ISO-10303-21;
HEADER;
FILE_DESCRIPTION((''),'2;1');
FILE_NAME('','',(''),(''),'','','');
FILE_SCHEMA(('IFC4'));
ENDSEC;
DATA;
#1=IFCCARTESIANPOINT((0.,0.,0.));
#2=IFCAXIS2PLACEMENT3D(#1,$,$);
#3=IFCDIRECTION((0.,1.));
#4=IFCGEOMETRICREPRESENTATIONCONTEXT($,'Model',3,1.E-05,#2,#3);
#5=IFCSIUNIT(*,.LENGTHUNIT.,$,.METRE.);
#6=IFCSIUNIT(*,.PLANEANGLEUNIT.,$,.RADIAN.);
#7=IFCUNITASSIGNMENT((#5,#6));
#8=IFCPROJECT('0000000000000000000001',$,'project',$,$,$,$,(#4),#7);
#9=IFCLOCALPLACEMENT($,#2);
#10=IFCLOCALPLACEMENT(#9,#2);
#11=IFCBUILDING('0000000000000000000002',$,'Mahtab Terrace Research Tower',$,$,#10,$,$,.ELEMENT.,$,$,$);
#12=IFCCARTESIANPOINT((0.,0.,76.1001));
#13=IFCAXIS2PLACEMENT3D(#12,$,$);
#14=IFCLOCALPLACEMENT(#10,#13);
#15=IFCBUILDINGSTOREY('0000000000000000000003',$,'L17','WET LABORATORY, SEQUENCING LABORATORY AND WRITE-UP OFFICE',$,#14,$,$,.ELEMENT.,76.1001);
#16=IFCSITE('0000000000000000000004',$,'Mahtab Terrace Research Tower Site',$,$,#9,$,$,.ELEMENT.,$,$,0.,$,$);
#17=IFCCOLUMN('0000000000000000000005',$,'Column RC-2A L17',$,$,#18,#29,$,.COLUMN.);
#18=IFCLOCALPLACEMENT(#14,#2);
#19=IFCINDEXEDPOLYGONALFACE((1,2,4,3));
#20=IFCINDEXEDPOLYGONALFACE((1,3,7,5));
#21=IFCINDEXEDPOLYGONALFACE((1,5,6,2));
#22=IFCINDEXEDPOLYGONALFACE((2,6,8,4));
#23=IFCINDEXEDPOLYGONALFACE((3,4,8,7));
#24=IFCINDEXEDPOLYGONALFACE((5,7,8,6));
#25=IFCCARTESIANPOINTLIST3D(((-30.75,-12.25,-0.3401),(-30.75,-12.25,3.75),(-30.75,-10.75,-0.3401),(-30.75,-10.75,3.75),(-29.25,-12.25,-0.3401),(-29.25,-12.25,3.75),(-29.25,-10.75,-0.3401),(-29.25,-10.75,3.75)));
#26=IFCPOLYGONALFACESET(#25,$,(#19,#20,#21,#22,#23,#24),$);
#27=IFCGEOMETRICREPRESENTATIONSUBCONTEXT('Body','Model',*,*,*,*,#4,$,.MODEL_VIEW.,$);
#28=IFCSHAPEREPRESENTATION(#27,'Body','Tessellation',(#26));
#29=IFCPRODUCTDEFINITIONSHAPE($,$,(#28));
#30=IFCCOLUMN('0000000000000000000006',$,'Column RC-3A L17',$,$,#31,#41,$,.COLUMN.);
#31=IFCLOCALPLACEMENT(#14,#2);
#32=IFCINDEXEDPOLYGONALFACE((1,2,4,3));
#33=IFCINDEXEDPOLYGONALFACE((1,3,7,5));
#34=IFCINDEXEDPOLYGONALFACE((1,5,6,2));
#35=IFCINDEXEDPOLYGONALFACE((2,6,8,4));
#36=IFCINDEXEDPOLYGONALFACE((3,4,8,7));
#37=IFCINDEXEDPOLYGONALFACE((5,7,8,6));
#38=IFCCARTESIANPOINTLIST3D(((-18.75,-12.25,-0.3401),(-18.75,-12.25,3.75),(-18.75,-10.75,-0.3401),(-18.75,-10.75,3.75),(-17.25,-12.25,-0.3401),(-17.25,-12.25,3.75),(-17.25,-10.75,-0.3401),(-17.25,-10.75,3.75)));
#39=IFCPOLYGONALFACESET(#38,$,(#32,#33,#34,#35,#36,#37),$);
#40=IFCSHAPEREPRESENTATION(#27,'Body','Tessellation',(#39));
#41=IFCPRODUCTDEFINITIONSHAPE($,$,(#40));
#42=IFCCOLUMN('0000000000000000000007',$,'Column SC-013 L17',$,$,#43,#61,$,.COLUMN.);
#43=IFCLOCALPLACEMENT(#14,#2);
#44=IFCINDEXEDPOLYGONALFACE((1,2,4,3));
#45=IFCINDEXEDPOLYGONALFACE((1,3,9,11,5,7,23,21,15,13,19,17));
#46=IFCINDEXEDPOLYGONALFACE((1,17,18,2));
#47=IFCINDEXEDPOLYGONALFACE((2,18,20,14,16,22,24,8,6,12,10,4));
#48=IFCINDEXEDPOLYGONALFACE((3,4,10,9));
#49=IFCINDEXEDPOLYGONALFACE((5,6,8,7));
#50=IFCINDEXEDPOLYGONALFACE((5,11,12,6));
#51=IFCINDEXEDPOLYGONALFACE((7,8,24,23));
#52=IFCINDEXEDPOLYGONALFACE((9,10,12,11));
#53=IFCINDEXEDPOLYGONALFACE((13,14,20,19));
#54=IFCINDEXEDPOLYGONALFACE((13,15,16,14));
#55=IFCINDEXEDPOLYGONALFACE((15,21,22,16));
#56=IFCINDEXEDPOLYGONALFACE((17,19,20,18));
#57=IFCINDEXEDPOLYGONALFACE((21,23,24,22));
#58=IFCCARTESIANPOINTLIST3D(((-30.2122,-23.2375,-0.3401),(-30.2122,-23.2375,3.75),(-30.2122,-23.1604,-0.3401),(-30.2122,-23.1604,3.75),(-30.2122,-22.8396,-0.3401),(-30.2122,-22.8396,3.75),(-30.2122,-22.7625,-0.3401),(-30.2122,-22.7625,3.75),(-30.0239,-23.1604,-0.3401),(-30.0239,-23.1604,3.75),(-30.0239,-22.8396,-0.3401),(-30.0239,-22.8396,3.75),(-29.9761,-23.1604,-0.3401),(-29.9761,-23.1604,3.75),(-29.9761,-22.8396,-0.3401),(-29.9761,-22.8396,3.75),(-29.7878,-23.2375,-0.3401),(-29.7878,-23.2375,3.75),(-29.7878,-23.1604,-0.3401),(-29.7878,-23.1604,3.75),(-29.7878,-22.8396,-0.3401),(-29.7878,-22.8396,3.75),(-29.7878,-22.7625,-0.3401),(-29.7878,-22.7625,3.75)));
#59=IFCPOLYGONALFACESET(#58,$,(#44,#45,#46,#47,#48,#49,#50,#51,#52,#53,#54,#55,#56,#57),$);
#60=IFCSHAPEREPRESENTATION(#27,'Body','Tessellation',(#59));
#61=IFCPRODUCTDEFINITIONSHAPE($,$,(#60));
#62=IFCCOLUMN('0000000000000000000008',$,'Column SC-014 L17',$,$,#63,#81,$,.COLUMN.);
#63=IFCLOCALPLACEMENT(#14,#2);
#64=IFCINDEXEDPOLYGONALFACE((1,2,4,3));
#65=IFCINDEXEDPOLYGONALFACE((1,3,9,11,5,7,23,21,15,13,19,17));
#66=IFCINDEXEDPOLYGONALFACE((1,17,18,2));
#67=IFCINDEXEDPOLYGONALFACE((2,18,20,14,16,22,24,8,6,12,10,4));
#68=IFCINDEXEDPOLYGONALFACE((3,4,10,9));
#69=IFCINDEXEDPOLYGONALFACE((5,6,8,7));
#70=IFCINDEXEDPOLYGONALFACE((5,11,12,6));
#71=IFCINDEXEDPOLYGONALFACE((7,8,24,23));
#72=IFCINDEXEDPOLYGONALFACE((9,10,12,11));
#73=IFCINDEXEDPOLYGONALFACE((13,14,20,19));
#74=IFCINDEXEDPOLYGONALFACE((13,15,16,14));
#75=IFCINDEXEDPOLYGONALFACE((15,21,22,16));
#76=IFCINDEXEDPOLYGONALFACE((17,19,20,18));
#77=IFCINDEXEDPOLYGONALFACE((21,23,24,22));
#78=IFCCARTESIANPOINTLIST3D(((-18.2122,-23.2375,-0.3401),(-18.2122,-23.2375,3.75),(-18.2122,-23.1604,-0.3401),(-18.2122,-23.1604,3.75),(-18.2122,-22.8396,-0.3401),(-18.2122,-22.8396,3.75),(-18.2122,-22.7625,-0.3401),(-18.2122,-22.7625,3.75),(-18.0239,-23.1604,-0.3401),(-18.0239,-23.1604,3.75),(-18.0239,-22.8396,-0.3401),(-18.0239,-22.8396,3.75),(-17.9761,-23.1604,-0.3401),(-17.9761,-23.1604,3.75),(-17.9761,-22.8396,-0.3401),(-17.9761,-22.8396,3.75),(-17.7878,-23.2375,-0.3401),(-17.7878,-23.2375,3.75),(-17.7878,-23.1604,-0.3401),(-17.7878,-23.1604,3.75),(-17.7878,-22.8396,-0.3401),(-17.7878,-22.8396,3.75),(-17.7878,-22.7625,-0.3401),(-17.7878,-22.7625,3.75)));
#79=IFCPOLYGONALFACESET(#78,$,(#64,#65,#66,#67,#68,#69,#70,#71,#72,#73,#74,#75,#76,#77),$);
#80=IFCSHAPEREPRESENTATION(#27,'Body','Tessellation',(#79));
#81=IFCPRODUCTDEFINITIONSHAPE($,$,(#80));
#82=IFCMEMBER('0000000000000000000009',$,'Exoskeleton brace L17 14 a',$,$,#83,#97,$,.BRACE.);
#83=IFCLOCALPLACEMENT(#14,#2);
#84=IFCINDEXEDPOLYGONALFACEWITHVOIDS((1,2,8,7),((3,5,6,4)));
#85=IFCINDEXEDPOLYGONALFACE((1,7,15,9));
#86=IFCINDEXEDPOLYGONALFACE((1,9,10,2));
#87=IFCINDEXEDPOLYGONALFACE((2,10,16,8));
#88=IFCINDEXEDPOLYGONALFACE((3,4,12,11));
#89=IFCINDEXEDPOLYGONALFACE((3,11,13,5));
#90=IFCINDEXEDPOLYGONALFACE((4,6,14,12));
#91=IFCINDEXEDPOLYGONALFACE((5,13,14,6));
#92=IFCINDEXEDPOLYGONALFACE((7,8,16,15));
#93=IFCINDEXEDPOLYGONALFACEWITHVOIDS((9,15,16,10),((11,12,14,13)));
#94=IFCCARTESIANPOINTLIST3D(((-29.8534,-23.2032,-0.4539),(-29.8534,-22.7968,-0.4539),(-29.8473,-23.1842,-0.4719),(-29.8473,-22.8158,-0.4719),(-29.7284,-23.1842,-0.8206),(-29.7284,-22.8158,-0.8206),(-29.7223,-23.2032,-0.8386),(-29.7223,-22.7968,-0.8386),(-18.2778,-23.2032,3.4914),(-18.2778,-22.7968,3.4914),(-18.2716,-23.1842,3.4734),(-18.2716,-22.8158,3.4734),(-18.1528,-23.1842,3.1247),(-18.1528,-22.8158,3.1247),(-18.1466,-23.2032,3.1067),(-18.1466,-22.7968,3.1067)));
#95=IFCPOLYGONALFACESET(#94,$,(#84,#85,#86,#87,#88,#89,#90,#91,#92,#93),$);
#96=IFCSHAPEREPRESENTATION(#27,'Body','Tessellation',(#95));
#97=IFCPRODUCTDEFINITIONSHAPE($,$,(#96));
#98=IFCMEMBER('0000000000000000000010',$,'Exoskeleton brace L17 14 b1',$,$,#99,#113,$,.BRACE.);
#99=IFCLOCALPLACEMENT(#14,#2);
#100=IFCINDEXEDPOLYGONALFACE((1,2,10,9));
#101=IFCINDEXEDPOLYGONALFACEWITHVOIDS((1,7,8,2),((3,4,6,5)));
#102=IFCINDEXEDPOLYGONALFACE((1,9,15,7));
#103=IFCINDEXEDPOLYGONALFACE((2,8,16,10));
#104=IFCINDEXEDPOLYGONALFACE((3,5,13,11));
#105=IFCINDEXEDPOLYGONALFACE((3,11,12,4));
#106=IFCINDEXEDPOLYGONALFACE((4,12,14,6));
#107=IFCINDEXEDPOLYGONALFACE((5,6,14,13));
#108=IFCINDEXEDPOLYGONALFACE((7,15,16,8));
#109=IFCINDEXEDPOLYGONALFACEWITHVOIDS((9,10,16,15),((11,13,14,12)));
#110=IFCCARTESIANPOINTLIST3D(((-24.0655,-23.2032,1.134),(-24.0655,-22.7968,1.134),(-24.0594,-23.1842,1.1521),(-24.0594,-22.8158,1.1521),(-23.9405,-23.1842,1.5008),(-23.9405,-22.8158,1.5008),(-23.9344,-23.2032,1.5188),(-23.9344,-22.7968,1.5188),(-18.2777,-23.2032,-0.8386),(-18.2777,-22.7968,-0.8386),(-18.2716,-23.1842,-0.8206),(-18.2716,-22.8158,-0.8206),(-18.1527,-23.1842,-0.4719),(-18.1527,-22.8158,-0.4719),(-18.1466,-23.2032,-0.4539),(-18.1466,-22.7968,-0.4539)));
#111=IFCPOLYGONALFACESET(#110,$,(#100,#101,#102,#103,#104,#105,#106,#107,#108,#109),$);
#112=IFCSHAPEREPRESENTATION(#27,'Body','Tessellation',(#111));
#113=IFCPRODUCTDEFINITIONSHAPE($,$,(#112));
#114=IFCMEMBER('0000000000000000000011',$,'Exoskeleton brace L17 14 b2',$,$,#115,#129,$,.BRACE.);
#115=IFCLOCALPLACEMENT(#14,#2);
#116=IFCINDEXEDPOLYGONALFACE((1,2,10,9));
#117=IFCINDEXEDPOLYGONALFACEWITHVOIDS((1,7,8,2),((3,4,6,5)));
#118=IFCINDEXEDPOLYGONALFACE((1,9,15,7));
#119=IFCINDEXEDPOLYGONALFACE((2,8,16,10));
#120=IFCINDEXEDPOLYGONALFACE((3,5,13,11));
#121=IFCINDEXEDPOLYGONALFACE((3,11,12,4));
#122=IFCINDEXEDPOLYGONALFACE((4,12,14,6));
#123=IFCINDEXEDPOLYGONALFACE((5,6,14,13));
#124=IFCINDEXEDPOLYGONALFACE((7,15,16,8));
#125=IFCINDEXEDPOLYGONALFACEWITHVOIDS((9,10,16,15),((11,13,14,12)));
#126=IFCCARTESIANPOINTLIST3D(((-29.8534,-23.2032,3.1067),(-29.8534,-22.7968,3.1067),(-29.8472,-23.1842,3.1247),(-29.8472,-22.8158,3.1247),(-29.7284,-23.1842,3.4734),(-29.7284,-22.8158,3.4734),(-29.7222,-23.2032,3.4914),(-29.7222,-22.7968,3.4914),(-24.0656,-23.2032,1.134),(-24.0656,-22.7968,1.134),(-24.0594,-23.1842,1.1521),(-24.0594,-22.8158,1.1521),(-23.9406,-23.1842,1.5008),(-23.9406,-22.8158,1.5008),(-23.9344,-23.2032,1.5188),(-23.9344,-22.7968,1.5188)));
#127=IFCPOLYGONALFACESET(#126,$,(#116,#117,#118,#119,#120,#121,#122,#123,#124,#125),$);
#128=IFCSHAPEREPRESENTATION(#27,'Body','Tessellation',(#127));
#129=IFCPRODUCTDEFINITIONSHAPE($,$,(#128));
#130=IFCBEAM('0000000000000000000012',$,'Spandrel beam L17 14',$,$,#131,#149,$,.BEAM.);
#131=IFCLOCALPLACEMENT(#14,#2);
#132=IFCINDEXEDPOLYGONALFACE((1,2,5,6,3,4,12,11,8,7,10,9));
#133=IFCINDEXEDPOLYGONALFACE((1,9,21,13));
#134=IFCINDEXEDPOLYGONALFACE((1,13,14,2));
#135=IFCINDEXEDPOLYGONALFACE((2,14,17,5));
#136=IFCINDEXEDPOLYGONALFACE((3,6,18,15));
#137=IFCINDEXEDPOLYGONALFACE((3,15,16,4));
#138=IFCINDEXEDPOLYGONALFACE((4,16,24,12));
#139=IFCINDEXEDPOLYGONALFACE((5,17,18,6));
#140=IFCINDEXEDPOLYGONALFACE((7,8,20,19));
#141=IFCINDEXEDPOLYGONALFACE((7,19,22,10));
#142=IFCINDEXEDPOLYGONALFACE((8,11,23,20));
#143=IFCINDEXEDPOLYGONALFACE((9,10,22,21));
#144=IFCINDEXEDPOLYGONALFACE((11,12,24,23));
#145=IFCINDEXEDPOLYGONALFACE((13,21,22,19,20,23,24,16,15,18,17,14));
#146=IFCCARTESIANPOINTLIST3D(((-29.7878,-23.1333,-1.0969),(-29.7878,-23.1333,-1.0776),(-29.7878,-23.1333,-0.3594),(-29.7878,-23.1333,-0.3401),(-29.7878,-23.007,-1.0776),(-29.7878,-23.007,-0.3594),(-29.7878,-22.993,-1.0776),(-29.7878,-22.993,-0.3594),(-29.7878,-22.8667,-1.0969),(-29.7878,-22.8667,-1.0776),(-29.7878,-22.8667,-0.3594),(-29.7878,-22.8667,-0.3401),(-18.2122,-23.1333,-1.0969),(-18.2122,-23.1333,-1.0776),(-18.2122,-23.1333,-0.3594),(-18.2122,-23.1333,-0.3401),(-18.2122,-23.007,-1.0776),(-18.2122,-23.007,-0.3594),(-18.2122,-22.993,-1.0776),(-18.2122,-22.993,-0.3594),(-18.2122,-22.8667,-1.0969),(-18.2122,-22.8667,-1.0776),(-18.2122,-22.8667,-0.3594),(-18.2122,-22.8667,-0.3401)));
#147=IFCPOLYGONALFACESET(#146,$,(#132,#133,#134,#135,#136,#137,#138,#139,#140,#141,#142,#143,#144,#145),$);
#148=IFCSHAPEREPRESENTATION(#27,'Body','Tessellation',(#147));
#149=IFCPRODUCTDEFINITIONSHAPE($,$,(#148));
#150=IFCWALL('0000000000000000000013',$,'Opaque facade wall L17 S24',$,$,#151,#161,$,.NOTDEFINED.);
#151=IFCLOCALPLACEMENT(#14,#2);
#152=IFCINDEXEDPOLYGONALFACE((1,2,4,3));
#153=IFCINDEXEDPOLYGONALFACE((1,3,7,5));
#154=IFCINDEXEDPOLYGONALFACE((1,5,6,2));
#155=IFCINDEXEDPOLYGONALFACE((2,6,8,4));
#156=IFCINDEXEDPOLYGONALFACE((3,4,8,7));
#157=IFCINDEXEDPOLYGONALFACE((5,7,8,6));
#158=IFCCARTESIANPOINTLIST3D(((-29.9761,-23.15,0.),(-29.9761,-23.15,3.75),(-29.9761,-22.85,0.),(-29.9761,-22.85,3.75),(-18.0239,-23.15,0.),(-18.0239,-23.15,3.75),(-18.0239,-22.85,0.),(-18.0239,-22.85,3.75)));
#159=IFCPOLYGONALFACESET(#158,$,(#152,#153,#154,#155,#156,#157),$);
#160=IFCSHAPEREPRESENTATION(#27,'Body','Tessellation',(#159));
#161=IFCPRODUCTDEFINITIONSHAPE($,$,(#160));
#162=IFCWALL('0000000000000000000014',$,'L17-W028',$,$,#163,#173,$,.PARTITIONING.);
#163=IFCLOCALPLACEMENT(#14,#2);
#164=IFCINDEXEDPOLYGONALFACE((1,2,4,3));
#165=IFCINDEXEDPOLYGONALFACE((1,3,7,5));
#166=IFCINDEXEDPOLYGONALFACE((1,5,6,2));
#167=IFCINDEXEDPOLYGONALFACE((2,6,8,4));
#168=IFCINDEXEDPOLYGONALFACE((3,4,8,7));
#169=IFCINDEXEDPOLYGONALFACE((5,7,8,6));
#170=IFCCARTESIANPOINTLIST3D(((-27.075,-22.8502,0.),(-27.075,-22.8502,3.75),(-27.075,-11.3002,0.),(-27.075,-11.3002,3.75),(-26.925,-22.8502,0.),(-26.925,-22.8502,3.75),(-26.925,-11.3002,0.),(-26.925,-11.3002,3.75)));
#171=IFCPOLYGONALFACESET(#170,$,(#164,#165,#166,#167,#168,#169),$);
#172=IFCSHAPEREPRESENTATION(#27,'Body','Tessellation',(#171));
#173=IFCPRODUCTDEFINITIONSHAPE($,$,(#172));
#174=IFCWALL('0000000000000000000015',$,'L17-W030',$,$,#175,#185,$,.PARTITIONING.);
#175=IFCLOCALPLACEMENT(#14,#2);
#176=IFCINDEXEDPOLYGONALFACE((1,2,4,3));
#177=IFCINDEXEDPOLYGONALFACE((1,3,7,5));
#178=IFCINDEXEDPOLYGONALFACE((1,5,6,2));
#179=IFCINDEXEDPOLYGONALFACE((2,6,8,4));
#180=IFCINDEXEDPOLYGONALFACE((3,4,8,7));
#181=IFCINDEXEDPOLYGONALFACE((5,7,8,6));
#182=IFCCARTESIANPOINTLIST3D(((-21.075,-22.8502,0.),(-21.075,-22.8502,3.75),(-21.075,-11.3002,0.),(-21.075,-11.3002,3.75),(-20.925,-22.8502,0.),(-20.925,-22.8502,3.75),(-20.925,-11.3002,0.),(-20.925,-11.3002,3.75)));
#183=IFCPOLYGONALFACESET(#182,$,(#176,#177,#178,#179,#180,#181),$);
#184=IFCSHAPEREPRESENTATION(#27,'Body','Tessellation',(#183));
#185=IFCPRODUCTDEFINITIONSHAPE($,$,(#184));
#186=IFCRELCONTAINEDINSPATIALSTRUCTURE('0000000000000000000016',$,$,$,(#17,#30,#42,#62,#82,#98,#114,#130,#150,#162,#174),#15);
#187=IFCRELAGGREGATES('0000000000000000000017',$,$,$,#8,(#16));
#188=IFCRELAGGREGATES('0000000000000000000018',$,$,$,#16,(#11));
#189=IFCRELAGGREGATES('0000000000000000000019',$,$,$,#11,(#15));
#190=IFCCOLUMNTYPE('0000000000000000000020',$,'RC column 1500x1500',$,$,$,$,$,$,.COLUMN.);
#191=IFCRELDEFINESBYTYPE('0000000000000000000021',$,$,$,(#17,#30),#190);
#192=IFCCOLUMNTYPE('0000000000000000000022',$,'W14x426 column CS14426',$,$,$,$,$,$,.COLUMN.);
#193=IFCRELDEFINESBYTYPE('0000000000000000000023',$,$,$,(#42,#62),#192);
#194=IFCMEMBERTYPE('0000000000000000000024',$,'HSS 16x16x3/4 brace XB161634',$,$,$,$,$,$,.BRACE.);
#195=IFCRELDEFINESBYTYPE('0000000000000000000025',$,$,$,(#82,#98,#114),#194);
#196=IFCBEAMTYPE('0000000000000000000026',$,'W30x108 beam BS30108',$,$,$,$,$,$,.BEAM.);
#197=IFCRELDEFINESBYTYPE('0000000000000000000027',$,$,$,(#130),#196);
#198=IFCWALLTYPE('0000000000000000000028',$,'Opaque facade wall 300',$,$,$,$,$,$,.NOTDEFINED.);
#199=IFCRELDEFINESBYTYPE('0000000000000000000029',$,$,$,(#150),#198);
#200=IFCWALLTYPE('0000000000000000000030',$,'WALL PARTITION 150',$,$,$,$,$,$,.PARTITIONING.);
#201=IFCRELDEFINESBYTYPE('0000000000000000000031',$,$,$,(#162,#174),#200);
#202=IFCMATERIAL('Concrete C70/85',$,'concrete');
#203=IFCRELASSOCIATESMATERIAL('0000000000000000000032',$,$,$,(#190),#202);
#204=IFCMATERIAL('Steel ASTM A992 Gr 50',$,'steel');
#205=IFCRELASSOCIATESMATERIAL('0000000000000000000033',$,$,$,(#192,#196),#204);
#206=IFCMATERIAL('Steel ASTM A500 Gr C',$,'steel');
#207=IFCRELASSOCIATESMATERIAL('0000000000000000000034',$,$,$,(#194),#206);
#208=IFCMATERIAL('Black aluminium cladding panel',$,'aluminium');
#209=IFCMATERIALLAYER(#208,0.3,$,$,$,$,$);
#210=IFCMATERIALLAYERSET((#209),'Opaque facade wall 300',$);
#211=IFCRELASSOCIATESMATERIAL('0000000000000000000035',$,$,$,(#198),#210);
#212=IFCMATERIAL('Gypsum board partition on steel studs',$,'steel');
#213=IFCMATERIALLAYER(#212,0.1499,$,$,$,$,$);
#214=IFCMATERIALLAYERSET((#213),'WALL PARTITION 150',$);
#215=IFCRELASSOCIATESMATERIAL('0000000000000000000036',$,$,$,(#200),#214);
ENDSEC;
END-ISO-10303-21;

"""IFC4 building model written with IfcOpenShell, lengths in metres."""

from ifc_helpers import new_model, si_unit, direction, frame, frame_2d, origin, origin_2d, place, context, subcontext, project, spatial, rectangle, hollow_rectangle, i_section, extrude, material, layer, layer_set, material_profile, profile_set, type_object, element, save


model = new_model("IFC4")

# Units and contexts
model_context = context("Model", 3, precision=1e-05, world=origin(), true_north=direction((0.0, 1.0)))
body_context = subcontext(model_context, "Body", "Model", "MODEL_VIEW")
ifc_project = project(units=[si_unit("LENGTHUNIT", "METRE"), si_unit("PLANEANGLEUNIT", "RADIAN")], contexts=[model_context])

# Site, building, storey
site_placement = place(None, origin())
site = spatial("IfcSite", under=ifc_project, at=site_placement, Name="Mahtab Terrace Research Tower Site", CompositionType="ELEMENT", RefElevation=0.0)
building_placement = place(site_placement, origin())
building = spatial("IfcBuilding", under=site, at=building_placement, Name="Mahtab Terrace Research Tower", CompositionType="ELEMENT")
storey_placement = place(building_placement, frame((0.0, 0.0, 76.1001)))
storey = spatial("IfcBuildingStorey", under=building, at=storey_placement, Name="L17", Description="WET LABORATORY, SEQUENCING LABORATORY AND WRITE-UP OFFICE", CompositionType="ELEMENT", Elevation=76.1001)

# Columns
ifc_material_1 = material(Name="Concrete C70/85", Category="concrete")
ifc_material_profile_1 = material_profile(ifc_material_1, rectangle(XDim=1.5, YDim=1.5, at=origin_2d()), Name="RC column 1500x1500")
ifc_profile_set_1 = profile_set([ifc_material_profile_1], Name="Concrete C70/85")
column_type_1 = type_object("IfcColumnType", Name="RC column 1500x1500", PredefinedType="COLUMN", material=ifc_profile_set_1)
for number, where, z_axis, x_axis, name in (
    (1, (-30.0, -11.5, -0.3401), (0.0, 0.0, 1.0), (1.0, 0.0, 0.0), "Column RC-2A L17"),
    (2, (-18.0, -11.5, -0.3401), (0.0, 0.0, 1.0), (1.0, 0.0, 0.0), "Column RC-3A L17"),
):
    element("IfcColumn", number, at=place(storey_placement, frame(where, z_axis=z_axis, x_axis=x_axis)), inside=storey, type_object=column_type_1, Name=name, PredefinedType="COLUMN", context=body_context, shape_type="SweptSolid", body=[
        extrude(rectangle(XDim=1.5, YDim=1.5, at=origin_2d()), origin(), (0.0, 0.0, 1.0), 4.0901),
    ])
ifc_material_2 = material(Name="Steel ASTM A992 Gr 50", Category="steel")
ifc_material_profile_2 = material_profile(ifc_material_2, i_section(OverallWidth=0.4243, OverallDepth=0.4751, WebThickness=0.0479, FlangeThickness=0.0771, at=origin_2d()), Name="W14X426")
ifc_profile_set_2 = profile_set([ifc_material_profile_2], Name="Steel ASTM A992 Gr 50")
column_type_2 = type_object("IfcColumnType", Name="W14x426 column CS14426", PredefinedType="COLUMN", material=ifc_profile_set_2)
for number, where, z_axis, x_axis, name in (
    (3, (-30.0, -23.0, -0.3401), (0.0, 0.0, 1.0), (1.0, 0.0, 0.0), "Column SC-013 L17"),
    (4, (-18.0, -23.0, -0.3401), (0.0, 0.0, 1.0), (1.0, 0.0, 0.0), "Column SC-014 L17"),
):
    element("IfcColumn", number, at=place(storey_placement, frame(where, z_axis=z_axis, x_axis=x_axis)), inside=storey, type_object=column_type_2, Name=name, PredefinedType="COLUMN", context=body_context, shape_type="SweptSolid", body=[
        extrude(i_section(OverallWidth=0.4243, OverallDepth=0.4751, WebThickness=0.0479, FlangeThickness=0.0771, at=origin_2d()), origin(), (0.0, 0.0, 1.0), 4.0901),
    ])

# Members
ifc_material_3 = material(Name="Steel ASTM A500 Gr C", Category="steel")
ifc_material_profile_3 = material_profile(ifc_material_3, hollow_rectangle(XDim=0.4065, YDim=0.4065, WallThickness=0.019, at=origin_2d()), Name="HSS16X16X3/4")
ifc_profile_set_3 = profile_set([ifc_material_profile_3], Name="Steel ASTM A500 Gr C")
member_type = type_object("IfcMemberType", Name="HSS 16x16x3/4 brace XB161634", PredefinedType="BRACE", material=ifc_profile_set_3)
member_placement = place(storey_placement, frame((-29.7878, -23.0, -0.6462), z_axis=(0.946534, 0.0, 0.322605), x_axis=(0.0, 1.0, 0.0)))
element("IfcMember", 5, at=member_placement, inside=storey, type_object=member_type, Name="Exoskeleton brace L17 14 a", PredefinedType="BRACE", context=body_context, shape_type="SweptSolid", body=[
    extrude(hollow_rectangle(XDim=0.4065, YDim=0.4065, WallThickness=0.019, at=origin_2d()), origin(), (0.0, 0.0, 1.0), 12.2295),
])
for number, where, z_axis, x_axis, name in (
    (6, (-18.2122, -23.0, -0.6462), (-0.946534, 0.0, 0.322605), (0.0, -1.0, 0.0), "Exoskeleton brace L17 14 b1"),
    (7, (-24.0, -23.0, 1.3264), (-0.946534, 0.0, 0.322605), (0.0, -1.0, 0.0), "Exoskeleton brace L17 14 b2"),
):
    element("IfcMember", number, at=place(storey_placement, frame(where, z_axis=z_axis, x_axis=x_axis)), inside=storey, type_object=member_type, Name=name, PredefinedType="BRACE", context=body_context, shape_type="SweptSolid", body=[
        extrude(hollow_rectangle(XDim=0.4065, YDim=0.4065, WallThickness=0.019, at=origin_2d()), origin(), (0.0, 0.0, 1.0), 6.1147),
    ])

# Beam
ifc_material_profile_4 = material_profile(ifc_material_2, i_section(OverallWidth=0.2666, OverallDepth=0.7568, WebThickness=0.0139, FlangeThickness=0.0193, at=origin_2d()), Name="W30X108")
ifc_profile_set_4 = profile_set([ifc_material_profile_4], Name="Steel ASTM A992 Gr 50")
beam_type = type_object("IfcBeamType", Name="W30x108 beam BS30108", PredefinedType="BEAM", material=ifc_profile_set_4)
beam_placement = place(storey_placement, frame((-29.7878, -23.0, -0.7185), z_axis=(1.0, 0.0, 0.0), x_axis=(0.0, 1.0, 0.0)))
element("IfcBeam", 8, at=beam_placement, inside=storey, type_object=beam_type, Name="Spandrel beam L17 14", PredefinedType="BEAM", context=body_context, shape_type="SweptSolid", body=[
    extrude(i_section(OverallWidth=0.2666, OverallDepth=0.7568, WebThickness=0.0139, FlangeThickness=0.0193, at=origin_2d()), origin(), (0.0, 0.0, 1.0), 11.5757),
])

# Walls
ifc_material_4 = material(Name="Black aluminium cladding panel", Category="aluminium")
ifc_layer_1 = layer(ifc_material_4, 0.3)
ifc_layer_set_1 = layer_set([ifc_layer_1], Name="Opaque facade wall 300")
wall_type_1 = type_object("IfcWallType", Name="Opaque facade wall 300", PredefinedType="NOTDEFINED", material=ifc_layer_set_1)
wall_placement = place(storey_placement, frame((-29.9761, -23.0, 0.0), z_axis=(0.0, 0.0, 1.0), x_axis=(1.0, 0.0, 0.0)))
element("IfcWall", 9, at=wall_placement, inside=storey, type_object=wall_type_1, Name="Opaque facade wall L17 S24", PredefinedType="NOTDEFINED", context=body_context, shape_type="SweptSolid", body=[
    extrude(rectangle(XDim=11.9521, YDim=0.3, at=frame_2d((5.9761, 0.0))), origin(), (0.0, 0.0, 1.0), 3.75),
])
ifc_material_5 = material(Name="Gypsum board partition on steel studs", Category="steel")
ifc_layer_2 = layer(ifc_material_5, 0.1499)
ifc_layer_set_2 = layer_set([ifc_layer_2], Name="WALL PARTITION 150")
wall_type_2 = type_object("IfcWallType", Name="WALL PARTITION 150", PredefinedType="PARTITIONING", material=ifc_layer_set_2)
for number, where, z_axis, x_axis, name in (
    (10, (-27.0, -22.8501, 0.0), (0.0, 0.0, 1.0), (0.0, 1.0, 0.0), "L17-W028"),
    (11, (-21.0, -22.8501, 0.0), (0.0, 0.0, 1.0), (0.0, 1.0, 0.0), "L17-W030"),
):
    element("IfcWall", number, at=place(storey_placement, frame(where, z_axis=z_axis, x_axis=x_axis)), inside=storey, type_object=wall_type_2, Name=name, PredefinedType="PARTITIONING", context=body_context, shape_type="SweptSolid", body=[
        extrude(rectangle(XDim=11.55, YDim=0.1499, at=frame_2d((5.7749, 0.0))), origin(), (0.0, 0.0, 1.0), 3.75),
    ])

save(model, "model.ifc")
